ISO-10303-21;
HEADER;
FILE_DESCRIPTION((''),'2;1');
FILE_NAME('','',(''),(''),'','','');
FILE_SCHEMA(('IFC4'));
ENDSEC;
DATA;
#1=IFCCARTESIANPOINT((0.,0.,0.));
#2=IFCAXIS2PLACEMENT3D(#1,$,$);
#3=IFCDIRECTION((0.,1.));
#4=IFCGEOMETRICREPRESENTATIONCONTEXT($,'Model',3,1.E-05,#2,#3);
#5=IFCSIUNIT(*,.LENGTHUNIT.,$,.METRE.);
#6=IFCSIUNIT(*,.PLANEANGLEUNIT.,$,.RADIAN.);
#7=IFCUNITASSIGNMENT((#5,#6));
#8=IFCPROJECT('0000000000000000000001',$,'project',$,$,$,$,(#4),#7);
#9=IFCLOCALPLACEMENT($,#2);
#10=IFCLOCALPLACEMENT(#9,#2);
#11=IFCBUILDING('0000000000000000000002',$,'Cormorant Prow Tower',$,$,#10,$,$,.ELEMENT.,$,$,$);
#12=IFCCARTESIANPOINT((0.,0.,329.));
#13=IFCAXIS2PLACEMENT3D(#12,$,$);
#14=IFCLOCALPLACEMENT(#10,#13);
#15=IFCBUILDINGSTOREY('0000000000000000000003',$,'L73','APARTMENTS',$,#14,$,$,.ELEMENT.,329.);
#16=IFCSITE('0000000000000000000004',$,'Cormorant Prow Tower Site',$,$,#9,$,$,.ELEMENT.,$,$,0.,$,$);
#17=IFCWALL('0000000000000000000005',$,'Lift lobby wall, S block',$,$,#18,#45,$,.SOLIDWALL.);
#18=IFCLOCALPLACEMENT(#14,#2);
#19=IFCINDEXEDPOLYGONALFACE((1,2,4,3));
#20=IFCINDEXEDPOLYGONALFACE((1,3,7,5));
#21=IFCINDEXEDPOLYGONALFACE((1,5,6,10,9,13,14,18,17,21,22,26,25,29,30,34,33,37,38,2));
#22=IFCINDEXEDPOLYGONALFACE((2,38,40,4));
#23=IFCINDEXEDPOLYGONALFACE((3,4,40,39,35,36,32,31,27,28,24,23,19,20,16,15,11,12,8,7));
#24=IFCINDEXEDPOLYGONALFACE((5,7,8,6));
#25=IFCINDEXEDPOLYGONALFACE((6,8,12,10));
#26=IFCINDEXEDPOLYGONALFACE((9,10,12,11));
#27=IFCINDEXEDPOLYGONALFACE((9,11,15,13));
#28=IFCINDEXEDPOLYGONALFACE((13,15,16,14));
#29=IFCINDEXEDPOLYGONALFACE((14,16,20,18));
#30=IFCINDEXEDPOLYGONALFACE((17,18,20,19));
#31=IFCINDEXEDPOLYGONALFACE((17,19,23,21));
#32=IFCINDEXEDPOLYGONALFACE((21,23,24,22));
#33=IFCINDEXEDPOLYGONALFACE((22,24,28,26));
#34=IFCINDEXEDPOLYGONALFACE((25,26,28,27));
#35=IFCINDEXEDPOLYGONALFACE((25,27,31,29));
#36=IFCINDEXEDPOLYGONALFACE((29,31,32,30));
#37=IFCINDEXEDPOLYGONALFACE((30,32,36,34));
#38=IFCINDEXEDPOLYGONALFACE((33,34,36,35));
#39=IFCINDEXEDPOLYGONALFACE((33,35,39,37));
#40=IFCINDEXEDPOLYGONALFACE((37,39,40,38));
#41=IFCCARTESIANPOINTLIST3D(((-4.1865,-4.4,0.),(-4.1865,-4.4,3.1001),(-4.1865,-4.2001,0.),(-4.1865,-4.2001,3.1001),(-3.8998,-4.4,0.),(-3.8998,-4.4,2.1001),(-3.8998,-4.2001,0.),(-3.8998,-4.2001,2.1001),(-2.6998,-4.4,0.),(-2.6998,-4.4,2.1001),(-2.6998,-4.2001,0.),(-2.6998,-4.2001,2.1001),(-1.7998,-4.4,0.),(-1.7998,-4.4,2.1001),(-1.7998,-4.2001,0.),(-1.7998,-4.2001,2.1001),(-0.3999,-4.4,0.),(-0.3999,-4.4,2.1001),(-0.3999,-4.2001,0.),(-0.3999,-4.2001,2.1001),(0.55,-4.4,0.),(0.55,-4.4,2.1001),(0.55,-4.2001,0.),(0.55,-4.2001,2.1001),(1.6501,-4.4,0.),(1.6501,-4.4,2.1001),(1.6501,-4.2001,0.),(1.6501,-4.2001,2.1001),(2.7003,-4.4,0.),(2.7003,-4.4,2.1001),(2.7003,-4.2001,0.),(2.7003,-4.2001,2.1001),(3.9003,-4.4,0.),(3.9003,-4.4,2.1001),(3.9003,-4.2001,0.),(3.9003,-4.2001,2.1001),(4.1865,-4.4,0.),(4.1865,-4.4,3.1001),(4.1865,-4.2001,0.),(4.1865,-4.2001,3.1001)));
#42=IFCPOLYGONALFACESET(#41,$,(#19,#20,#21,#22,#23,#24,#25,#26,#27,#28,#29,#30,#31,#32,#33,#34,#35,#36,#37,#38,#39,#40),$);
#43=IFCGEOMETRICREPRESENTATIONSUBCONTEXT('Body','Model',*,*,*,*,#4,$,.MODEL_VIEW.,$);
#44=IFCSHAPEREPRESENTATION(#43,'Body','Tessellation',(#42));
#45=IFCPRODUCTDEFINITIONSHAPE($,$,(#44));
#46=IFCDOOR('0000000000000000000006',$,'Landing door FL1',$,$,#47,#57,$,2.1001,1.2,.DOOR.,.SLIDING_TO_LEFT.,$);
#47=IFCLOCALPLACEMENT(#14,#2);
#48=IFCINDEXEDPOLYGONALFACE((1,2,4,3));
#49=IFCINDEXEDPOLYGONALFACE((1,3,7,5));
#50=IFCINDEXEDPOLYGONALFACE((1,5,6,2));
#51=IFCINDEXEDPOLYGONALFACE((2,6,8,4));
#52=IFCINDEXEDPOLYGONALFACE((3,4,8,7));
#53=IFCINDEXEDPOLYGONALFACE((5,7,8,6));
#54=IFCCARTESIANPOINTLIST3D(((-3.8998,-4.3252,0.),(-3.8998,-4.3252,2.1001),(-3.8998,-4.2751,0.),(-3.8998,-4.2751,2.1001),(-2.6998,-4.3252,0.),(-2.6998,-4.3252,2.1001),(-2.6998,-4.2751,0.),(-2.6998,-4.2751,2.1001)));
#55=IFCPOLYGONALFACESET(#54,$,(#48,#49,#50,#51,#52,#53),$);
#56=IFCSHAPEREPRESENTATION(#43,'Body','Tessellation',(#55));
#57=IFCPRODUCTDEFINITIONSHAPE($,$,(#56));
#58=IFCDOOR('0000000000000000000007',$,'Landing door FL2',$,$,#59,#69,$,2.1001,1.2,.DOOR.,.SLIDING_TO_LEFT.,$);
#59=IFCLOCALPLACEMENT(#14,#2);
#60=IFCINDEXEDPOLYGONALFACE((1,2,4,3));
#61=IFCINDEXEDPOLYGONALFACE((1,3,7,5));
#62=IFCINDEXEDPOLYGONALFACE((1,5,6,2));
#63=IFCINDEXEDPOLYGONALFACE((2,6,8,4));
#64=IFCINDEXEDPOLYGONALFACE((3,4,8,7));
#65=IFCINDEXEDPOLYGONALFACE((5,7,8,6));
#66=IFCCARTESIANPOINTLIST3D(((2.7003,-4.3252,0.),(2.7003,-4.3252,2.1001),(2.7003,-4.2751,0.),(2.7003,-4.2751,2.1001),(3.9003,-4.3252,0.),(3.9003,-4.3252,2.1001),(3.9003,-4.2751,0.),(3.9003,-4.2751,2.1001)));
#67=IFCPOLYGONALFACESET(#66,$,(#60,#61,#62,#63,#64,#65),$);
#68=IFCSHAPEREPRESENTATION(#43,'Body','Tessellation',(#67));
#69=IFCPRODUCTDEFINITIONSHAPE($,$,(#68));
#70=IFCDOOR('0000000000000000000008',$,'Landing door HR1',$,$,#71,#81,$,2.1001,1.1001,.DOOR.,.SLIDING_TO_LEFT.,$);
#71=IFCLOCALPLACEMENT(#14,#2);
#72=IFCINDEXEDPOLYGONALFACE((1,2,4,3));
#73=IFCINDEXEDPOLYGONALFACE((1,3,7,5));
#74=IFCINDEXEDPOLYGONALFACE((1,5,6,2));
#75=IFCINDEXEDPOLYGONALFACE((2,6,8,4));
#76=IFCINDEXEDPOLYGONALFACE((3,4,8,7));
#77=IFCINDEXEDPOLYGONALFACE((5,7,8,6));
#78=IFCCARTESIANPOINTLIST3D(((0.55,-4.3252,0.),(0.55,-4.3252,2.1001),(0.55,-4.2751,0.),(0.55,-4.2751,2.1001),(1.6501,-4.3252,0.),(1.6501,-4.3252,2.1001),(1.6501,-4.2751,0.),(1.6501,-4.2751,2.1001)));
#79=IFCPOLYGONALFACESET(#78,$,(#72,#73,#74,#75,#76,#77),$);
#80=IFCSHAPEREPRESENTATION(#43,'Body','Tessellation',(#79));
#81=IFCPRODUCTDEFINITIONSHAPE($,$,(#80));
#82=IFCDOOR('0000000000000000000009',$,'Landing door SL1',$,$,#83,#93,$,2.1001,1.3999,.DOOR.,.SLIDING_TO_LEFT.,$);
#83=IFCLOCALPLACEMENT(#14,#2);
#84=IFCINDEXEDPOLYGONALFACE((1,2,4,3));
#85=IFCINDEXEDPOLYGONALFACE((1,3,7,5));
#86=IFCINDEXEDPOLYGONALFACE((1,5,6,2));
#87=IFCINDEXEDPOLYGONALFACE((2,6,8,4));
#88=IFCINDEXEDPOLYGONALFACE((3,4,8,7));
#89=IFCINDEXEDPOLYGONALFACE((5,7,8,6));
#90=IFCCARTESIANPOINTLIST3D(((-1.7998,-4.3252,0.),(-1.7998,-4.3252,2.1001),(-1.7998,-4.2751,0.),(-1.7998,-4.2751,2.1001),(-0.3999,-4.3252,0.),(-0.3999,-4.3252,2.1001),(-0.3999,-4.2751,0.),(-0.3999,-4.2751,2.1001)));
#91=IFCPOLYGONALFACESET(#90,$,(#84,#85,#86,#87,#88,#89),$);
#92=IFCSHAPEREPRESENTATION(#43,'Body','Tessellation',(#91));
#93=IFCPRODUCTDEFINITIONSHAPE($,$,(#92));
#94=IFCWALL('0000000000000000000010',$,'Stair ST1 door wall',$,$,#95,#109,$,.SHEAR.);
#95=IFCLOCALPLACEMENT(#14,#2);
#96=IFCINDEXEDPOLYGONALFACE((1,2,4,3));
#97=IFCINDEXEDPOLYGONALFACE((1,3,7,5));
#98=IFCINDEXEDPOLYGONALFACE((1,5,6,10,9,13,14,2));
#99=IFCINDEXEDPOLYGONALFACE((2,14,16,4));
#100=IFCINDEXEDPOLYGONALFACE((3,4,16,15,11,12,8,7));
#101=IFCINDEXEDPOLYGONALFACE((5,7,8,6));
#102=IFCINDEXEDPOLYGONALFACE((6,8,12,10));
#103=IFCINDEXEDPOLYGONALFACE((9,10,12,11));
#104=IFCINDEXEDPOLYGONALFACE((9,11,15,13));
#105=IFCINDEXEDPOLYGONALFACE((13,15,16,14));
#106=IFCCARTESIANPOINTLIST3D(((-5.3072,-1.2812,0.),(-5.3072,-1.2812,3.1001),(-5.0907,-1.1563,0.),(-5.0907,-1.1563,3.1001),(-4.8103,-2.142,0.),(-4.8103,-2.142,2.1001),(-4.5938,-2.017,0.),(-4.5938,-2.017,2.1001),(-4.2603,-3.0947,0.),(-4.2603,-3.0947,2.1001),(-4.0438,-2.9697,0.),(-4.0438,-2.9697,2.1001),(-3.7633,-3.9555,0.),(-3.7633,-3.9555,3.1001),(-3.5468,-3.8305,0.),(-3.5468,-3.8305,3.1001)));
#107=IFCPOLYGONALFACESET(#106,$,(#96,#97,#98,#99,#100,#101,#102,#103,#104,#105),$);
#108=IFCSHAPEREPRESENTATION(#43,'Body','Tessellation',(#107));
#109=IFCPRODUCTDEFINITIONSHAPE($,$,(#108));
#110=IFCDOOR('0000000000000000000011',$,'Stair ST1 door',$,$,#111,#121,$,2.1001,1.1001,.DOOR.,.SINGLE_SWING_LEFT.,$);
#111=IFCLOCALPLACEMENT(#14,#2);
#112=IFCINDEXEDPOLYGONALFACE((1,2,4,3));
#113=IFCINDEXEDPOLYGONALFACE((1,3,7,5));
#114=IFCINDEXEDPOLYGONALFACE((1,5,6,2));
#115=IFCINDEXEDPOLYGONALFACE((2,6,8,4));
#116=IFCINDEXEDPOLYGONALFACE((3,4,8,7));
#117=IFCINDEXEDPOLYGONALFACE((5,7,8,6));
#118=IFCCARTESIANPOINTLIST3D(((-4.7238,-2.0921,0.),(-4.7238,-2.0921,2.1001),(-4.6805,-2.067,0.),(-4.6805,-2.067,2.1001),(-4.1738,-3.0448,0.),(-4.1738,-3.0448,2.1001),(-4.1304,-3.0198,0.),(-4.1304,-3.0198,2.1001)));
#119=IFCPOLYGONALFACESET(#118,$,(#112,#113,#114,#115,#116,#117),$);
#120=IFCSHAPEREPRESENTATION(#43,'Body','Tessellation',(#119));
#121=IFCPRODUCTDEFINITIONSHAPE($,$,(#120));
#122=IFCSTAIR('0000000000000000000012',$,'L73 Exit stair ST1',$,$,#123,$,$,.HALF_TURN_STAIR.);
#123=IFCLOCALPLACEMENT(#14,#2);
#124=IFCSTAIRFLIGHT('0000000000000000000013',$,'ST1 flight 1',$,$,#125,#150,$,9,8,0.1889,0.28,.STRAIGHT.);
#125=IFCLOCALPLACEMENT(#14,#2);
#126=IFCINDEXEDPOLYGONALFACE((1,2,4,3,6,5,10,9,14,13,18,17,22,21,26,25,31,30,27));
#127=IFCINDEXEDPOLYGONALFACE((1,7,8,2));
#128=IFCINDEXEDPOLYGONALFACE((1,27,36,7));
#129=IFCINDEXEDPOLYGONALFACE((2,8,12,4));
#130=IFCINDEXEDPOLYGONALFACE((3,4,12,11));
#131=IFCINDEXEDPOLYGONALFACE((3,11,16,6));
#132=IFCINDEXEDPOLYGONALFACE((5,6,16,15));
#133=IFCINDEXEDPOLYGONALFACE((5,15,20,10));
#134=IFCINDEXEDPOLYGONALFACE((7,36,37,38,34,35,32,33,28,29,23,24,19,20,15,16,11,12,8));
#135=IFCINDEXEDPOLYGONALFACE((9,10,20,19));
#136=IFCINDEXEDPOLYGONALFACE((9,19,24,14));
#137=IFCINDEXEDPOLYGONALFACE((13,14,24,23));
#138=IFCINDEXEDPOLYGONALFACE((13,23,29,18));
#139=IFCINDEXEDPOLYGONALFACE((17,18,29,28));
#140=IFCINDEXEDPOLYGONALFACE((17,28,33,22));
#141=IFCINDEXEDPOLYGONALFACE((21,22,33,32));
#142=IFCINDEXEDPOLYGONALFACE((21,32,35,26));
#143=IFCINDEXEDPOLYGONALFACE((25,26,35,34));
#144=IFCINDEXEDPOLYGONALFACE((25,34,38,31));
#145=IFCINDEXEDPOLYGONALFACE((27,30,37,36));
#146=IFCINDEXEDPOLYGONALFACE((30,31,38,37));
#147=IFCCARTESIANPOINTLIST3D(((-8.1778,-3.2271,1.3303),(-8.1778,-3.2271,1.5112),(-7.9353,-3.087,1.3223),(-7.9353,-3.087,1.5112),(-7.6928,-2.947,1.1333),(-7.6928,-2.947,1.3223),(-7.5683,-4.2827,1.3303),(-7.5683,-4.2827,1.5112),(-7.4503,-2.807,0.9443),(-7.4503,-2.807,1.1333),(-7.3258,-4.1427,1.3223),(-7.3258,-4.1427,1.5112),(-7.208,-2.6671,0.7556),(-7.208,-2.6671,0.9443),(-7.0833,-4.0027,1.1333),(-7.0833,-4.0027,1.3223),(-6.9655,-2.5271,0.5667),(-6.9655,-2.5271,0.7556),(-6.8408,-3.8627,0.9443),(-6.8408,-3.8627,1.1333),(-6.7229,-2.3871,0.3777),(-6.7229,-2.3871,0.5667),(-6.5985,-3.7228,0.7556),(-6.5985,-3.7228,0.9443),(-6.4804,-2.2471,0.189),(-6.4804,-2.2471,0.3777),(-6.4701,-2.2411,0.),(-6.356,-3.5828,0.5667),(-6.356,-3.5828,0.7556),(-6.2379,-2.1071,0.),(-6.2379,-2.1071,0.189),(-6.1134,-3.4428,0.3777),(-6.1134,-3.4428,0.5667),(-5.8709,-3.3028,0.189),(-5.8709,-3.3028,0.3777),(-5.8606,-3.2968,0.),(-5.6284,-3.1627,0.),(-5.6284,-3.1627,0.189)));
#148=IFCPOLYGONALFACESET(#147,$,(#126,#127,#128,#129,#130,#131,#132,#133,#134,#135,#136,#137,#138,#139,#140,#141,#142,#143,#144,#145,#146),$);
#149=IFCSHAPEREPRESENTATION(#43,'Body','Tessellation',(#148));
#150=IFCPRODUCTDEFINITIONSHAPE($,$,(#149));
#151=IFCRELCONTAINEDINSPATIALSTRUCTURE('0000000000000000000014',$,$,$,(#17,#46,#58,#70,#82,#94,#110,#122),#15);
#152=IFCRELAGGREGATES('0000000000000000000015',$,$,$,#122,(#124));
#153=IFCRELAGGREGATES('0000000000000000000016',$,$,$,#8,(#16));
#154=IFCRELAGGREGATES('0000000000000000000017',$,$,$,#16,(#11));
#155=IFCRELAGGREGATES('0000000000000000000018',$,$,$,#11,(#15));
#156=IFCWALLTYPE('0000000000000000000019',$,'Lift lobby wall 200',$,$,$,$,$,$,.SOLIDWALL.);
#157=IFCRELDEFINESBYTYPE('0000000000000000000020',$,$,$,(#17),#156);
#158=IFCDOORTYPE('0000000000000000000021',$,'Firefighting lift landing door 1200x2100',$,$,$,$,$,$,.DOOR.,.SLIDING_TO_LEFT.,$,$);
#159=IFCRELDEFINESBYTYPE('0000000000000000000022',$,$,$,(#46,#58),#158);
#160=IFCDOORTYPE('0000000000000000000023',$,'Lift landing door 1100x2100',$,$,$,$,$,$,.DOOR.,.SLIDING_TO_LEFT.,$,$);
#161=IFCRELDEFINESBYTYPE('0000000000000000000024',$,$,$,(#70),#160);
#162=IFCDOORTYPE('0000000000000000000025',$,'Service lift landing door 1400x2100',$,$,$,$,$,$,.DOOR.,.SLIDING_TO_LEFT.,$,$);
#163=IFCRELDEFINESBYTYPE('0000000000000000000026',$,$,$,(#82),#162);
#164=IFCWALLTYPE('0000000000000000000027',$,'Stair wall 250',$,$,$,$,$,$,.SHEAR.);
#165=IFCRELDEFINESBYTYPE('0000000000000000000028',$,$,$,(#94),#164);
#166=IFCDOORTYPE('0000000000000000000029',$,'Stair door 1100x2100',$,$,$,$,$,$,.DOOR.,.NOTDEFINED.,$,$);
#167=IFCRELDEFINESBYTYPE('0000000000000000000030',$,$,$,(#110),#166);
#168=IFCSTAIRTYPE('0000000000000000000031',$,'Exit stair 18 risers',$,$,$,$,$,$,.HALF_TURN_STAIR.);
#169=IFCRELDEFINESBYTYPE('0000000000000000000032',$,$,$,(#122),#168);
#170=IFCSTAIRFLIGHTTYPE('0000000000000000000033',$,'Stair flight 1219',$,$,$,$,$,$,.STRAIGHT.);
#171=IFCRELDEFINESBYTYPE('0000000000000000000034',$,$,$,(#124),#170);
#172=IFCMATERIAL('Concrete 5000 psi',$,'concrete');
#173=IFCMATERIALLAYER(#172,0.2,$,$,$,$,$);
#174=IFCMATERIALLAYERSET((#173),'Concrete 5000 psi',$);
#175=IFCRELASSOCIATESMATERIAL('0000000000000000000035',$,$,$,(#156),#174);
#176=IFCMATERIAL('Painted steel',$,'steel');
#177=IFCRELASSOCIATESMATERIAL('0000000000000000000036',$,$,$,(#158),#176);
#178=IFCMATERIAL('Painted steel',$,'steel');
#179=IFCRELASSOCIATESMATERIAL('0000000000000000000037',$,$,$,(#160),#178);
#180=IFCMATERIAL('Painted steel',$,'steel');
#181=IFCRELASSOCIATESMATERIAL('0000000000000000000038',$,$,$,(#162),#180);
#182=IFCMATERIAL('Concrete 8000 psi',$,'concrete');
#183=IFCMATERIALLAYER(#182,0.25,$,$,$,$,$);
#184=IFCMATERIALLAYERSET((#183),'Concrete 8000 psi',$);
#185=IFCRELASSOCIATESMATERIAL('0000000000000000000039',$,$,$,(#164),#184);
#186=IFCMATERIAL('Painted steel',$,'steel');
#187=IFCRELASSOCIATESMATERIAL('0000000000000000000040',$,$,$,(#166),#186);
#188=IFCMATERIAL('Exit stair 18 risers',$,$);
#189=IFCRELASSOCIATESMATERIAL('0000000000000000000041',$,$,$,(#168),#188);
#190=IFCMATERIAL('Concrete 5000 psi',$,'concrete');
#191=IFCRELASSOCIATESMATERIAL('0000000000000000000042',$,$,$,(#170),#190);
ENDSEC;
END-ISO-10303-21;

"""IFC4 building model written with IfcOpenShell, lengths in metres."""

from ifc_helpers import new_model, si_unit, direction, frame, frame_2d, origin, place, context, subcontext, project, spatial, polyline, rectangle, outline, extrude, material, layer, layer_set, type_object, element, fill, aggregate, save


model = new_model("IFC4")

# Units and contexts
model_context = context("Model", 3, precision=1e-05, world=origin(), true_north=direction((0.0, 1.0)))
body_context = subcontext(model_context, "Body", "Model", "MODEL_VIEW")
ifc_project = project(units=[si_unit("LENGTHUNIT", "METRE"), si_unit("PLANEANGLEUNIT", "RADIAN")], contexts=[model_context])

# Site, building, storey
site_placement = place(None, origin())
site = spatial("IfcSite", under=ifc_project, at=site_placement, Name="Cormorant Prow Tower Site", CompositionType="ELEMENT", RefElevation=0.0)
building_placement = place(site_placement, origin())
building = spatial("IfcBuilding", under=site, at=building_placement, Name="Cormorant Prow Tower", CompositionType="ELEMENT")
storey_placement = place(building_placement, frame((0.0, 0.0, 329.0)))
storey = spatial("IfcBuildingStorey", under=building, at=storey_placement, Name="L73", Description="APARTMENTS", CompositionType="ELEMENT", Elevation=329.0)

# Wall, openings, doors
ifc_material_1 = material(Name="Concrete 5000 psi", Category="concrete")
ifc_layer_1 = layer(ifc_material_1, 0.2)
ifc_layer_set_1 = layer_set([ifc_layer_1], Name="Concrete 5000 psi")
wall_type_1 = type_object("IfcWallType", Name="Lift lobby wall 200", PredefinedType="SOLIDWALL", material=ifc_layer_set_1)
wall_1_placement = place(storey_placement, frame((-4.1865, -4.3, 0.0), z_axis=(0.0, 0.0, 1.0), x_axis=(1.0, 0.0, 0.0)))
wall_1 = element("IfcWall", 1, at=wall_1_placement, inside=storey, type_object=wall_type_1, Name="Lift lobby wall, S block", PredefinedType="SOLIDWALL", context=body_context, shape_type="SweptSolid", body=[
    extrude(rectangle(XDim=8.373, YDim=0.2, at=frame_2d((4.1865, 0.0))), origin(), (0.0, 0.0, 1.0), 3.1001),
])
opening_1_placement = place(wall_1_placement, frame((0.2866, 0.0, 0.0)))
opening_1 = element("IfcOpeningElement", 2, at=opening_1_placement, cuts=wall_1, PredefinedType="OPENING", context=body_context, shape_type="SweptSolid", body=[
    extrude(rectangle(XDim=1.2, YDim=2.1001, at=frame_2d((0.6001, 1.05))), frame((0.0, 0.1099, 0.0), z_axis=(0.0, -1.0, 0.0), x_axis=(1.0, 0.0, 0.0)), (0.0, 0.0, 1.0), 0.22),
])
opening_2_placement = place(wall_1_placement, frame((2.3867, 0.0, 0.0)))
opening_2 = element("IfcOpeningElement", 3, at=opening_2_placement, cuts=wall_1, PredefinedType="OPENING", context=body_context, shape_type="SweptSolid", body=[
    extrude(rectangle(XDim=1.3999, YDim=2.1001, at=frame_2d((0.7, 1.05))), frame((0.0, 0.1099, 0.0), z_axis=(0.0, -1.0, 0.0), x_axis=(1.0, 0.0, 0.0)), (0.0, 0.0, 1.0), 0.22),
])
opening_3_placement = place(wall_1_placement, frame((4.7366, 0.0, 0.0)))
opening_3 = element("IfcOpeningElement", 4, at=opening_3_placement, cuts=wall_1, PredefinedType="OPENING", context=body_context, shape_type="SweptSolid", body=[
    extrude(rectangle(XDim=1.1001, YDim=2.1001, at=frame_2d((0.55, 1.05))), frame((0.0, 0.1099, 0.0), z_axis=(0.0, -1.0, 0.0), x_axis=(1.0, 0.0, 0.0)), (0.0, 0.0, 1.0), 0.22),
])
opening_4_placement = place(wall_1_placement, frame((6.8867, 0.0, 0.0)))
opening_4 = element("IfcOpeningElement", 5, at=opening_4_placement, cuts=wall_1, PredefinedType="OPENING", context=body_context, shape_type="SweptSolid", body=[
    extrude(rectangle(XDim=1.2, YDim=2.1001, at=frame_2d((0.6001, 1.05))), frame((0.0, 0.1099, 0.0), z_axis=(0.0, -1.0, 0.0), x_axis=(1.0, 0.0, 0.0)), (0.0, 0.0, 1.0), 0.22),
])
ifc_material_2 = material(Name="Painted steel", Category="steel")
door_type_1 = type_object("IfcDoorType", Name="Firefighting lift landing door 1200x2100", OperationType="SLIDING_TO_LEFT", PredefinedType="DOOR", material=ifc_material_2)
door_1_placement = place(opening_1_placement, origin())
door_1 = element("IfcDoor", 6, at=door_1_placement, inside=storey, type_object=door_type_1, Name="Landing door FL1", OperationType="SLIDING_TO_LEFT", OverallHeight=2.1001, OverallWidth=1.2, PredefinedType="DOOR", context=body_context, shape_type="SweptSolid", body=[
    extrude(rectangle(XDim=1.2, YDim=2.1001, at=frame_2d((0.6001, 1.05))), frame((0.0, 0.0249, 0.0), z_axis=(0.0, -1.0, 0.0), x_axis=(1.0, 0.0, 0.0)), (0.0, 0.0, 1.0), 0.05),
])
fill(opening_1, door_1)
door_2_placement = place(opening_4_placement, origin())
door_2 = element("IfcDoor", 7, at=door_2_placement, inside=storey, type_object=door_type_1, Name="Landing door FL2", OperationType="SLIDING_TO_LEFT", OverallHeight=2.1001, OverallWidth=1.2, PredefinedType="DOOR", context=body_context, shape_type="SweptSolid", body=[
    extrude(rectangle(XDim=1.2, YDim=2.1001, at=frame_2d((0.6001, 1.05))), frame((0.0, 0.0249, 0.0), z_axis=(0.0, -1.0, 0.0), x_axis=(1.0, 0.0, 0.0)), (0.0, 0.0, 1.0), 0.05),
])
fill(opening_4, door_2)
ifc_material_3 = material(Name="Painted steel", Category="steel")
door_type_2 = type_object("IfcDoorType", Name="Lift landing door 1100x2100", OperationType="SLIDING_TO_LEFT", PredefinedType="DOOR", material=ifc_material_3)
door_3_placement = place(opening_3_placement, origin())
door_3 = element("IfcDoor", 8, at=door_3_placement, inside=storey, type_object=door_type_2, Name="Landing door HR1", OperationType="SLIDING_TO_LEFT", OverallHeight=2.1001, OverallWidth=1.1001, PredefinedType="DOOR", context=body_context, shape_type="SweptSolid", body=[
    extrude(rectangle(XDim=1.1001, YDim=2.1001, at=frame_2d((0.55, 1.05))), frame((0.0, 0.0249, 0.0), z_axis=(0.0, -1.0, 0.0), x_axis=(1.0, 0.0, 0.0)), (0.0, 0.0, 1.0), 0.05),
])
fill(opening_3, door_3)
ifc_material_4 = material(Name="Painted steel", Category="steel")
door_type_3 = type_object("IfcDoorType", Name="Service lift landing door 1400x2100", OperationType="SLIDING_TO_LEFT", PredefinedType="DOOR", material=ifc_material_4)
door_4_placement = place(opening_2_placement, origin())
door_4 = element("IfcDoor", 9, at=door_4_placement, inside=storey, type_object=door_type_3, Name="Landing door SL1", OperationType="SLIDING_TO_LEFT", OverallHeight=2.1001, OverallWidth=1.3999, PredefinedType="DOOR", context=body_context, shape_type="SweptSolid", body=[
    extrude(rectangle(XDim=1.3999, YDim=2.1001, at=frame_2d((0.7, 1.05))), frame((0.0, 0.0249, 0.0), z_axis=(0.0, -1.0, 0.0), x_axis=(1.0, 0.0, 0.0)), (0.0, 0.0, 1.0), 0.05),
])
fill(opening_2, door_4)

# Wall, opening, door
ifc_material_5 = material(Name="Concrete 8000 psi", Category="concrete")
ifc_layer_2 = layer(ifc_material_5, 0.25)
ifc_layer_set_2 = layer_set([ifc_layer_2], Name="Concrete 8000 psi")
wall_type_2 = type_object("IfcWallType", Name="Stair wall 250", PredefinedType="SHEAR", material=ifc_layer_set_2)
wall_2_placement = place(storey_placement, frame((-5.199, -1.2188, 0.0), z_axis=(0.0, 0.0, 1.0), x_axis=(0.499983, -0.866035, 0.0)))
wall_2 = element("IfcWall", 10, at=wall_2_placement, inside=storey, type_object=wall_type_2, Name="Stair ST1 door wall", PredefinedType="SHEAR", context=body_context, shape_type="SweptSolid", body=[
    extrude(rectangle(XDim=3.0879, YDim=0.25, at=frame_2d((1.5439, 0.0))), origin(), (0.0, 0.0, 1.0), 3.1001),
])
opening_5_placement = place(wall_2_placement, frame((0.9939, 0.0, 0.0)))
opening_5 = element("IfcOpeningElement", 11, at=opening_5_placement, cuts=wall_2, PredefinedType="OPENING", context=body_context, shape_type="SweptSolid", body=[
    extrude(rectangle(XDim=1.1001, YDim=2.1001, at=frame_2d((0.55, 1.05))), frame((0.0, 0.135, 0.0), z_axis=(0.0, -1.0, 0.0), x_axis=(1.0, 0.0, 0.0)), (0.0, 0.0, 1.0), 0.27),
])
ifc_material_6 = material(Name="Painted steel", Category="steel")
door_type_4 = type_object("IfcDoorType", Name="Stair door 1100x2100", OperationType="NOTDEFINED", PredefinedType="DOOR", material=ifc_material_6)
door_5_placement = place(opening_5_placement, origin())
door_5 = element("IfcDoor", 12, at=door_5_placement, inside=storey, type_object=door_type_4, Name="Stair ST1 door", OperationType="SINGLE_SWING_LEFT", OverallHeight=2.1001, OverallWidth=1.1001, PredefinedType="DOOR", context=body_context, shape_type="SweptSolid", body=[
    extrude(rectangle(XDim=1.1001, YDim=2.1001, at=frame_2d((0.55, 1.05))), frame((0.0, 0.0249, 0.0), z_axis=(0.0, -1.0, 0.0), x_axis=(1.0, 0.0, 0.0)), (0.0, 0.0, 1.0), 0.05),
])
fill(opening_5, door_5)

# Stair, stair flight
ifc_material_7 = material(Name="Exit stair 18 risers")
stair_type = type_object("IfcStairType", Name="Exit stair 18 risers", PredefinedType="HALF_TURN_STAIR", material=ifc_material_7)
stair_placement = place(storey_placement, origin())
stair = element("IfcStair", 13, at=stair_placement, inside=storey, type_object=stair_type, Name="L73 Exit stair ST1", PredefinedType="HALF_TURN_STAIR")
ifc_material_8 = material(Name="Concrete 5000 psi", Category="concrete")
stair_flight_type = type_object("IfcStairFlightType", Name="Stair flight 1219", PredefinedType="STRAIGHT", material=ifc_material_8)
stair_flight_1_placement = place(storey_placement, frame((-5.9331, -2.635, 0.0), z_axis=(0.0, 0.0, 1.0), x_axis=(-0.866025, -0.5, 0.0)))
stair_flight_1 = element("IfcStairFlight", 14, at=stair_flight_1_placement, type_object=stair_flight_type, Name="ST1 flight 1", NumberOfRisers=9, NumberOfTreads=8, PredefinedType="STRAIGHT", RiserHeight=0.1889, TreadLength=0.28, context=body_context, shape_type="SweptSolid", body=[
    extrude(outline(polyline([(0.0, 0.0), (0.0, 0.189), (0.28, 0.189), (0.28, 0.3777), (0.5601, 0.3777), (0.5601, 0.5667), (0.8401, 0.5667), (0.8401, 0.7556), (1.1201, 0.7556), (1.1201, 0.9443), (1.3999, 0.9443), (1.3999, 1.1333), (1.6799, 1.1333), (1.6799, 1.3223), (1.96, 1.3223), (1.96, 1.5112), (2.24, 1.5112), (2.24, 1.7), (2.24, 1.3303), (0.2681, 0.0), (0.0, 0.0)])), frame((0.0, 0.6094, 0.0), z_axis=(0.0, -1.0, 0.0), x_axis=(1.0, 0.0, 0.0)), (0.0, 0.0, 1.0), 1.219),
])
aggregate(stair, [stair_flight_1])

save(model, "model.ifc")
